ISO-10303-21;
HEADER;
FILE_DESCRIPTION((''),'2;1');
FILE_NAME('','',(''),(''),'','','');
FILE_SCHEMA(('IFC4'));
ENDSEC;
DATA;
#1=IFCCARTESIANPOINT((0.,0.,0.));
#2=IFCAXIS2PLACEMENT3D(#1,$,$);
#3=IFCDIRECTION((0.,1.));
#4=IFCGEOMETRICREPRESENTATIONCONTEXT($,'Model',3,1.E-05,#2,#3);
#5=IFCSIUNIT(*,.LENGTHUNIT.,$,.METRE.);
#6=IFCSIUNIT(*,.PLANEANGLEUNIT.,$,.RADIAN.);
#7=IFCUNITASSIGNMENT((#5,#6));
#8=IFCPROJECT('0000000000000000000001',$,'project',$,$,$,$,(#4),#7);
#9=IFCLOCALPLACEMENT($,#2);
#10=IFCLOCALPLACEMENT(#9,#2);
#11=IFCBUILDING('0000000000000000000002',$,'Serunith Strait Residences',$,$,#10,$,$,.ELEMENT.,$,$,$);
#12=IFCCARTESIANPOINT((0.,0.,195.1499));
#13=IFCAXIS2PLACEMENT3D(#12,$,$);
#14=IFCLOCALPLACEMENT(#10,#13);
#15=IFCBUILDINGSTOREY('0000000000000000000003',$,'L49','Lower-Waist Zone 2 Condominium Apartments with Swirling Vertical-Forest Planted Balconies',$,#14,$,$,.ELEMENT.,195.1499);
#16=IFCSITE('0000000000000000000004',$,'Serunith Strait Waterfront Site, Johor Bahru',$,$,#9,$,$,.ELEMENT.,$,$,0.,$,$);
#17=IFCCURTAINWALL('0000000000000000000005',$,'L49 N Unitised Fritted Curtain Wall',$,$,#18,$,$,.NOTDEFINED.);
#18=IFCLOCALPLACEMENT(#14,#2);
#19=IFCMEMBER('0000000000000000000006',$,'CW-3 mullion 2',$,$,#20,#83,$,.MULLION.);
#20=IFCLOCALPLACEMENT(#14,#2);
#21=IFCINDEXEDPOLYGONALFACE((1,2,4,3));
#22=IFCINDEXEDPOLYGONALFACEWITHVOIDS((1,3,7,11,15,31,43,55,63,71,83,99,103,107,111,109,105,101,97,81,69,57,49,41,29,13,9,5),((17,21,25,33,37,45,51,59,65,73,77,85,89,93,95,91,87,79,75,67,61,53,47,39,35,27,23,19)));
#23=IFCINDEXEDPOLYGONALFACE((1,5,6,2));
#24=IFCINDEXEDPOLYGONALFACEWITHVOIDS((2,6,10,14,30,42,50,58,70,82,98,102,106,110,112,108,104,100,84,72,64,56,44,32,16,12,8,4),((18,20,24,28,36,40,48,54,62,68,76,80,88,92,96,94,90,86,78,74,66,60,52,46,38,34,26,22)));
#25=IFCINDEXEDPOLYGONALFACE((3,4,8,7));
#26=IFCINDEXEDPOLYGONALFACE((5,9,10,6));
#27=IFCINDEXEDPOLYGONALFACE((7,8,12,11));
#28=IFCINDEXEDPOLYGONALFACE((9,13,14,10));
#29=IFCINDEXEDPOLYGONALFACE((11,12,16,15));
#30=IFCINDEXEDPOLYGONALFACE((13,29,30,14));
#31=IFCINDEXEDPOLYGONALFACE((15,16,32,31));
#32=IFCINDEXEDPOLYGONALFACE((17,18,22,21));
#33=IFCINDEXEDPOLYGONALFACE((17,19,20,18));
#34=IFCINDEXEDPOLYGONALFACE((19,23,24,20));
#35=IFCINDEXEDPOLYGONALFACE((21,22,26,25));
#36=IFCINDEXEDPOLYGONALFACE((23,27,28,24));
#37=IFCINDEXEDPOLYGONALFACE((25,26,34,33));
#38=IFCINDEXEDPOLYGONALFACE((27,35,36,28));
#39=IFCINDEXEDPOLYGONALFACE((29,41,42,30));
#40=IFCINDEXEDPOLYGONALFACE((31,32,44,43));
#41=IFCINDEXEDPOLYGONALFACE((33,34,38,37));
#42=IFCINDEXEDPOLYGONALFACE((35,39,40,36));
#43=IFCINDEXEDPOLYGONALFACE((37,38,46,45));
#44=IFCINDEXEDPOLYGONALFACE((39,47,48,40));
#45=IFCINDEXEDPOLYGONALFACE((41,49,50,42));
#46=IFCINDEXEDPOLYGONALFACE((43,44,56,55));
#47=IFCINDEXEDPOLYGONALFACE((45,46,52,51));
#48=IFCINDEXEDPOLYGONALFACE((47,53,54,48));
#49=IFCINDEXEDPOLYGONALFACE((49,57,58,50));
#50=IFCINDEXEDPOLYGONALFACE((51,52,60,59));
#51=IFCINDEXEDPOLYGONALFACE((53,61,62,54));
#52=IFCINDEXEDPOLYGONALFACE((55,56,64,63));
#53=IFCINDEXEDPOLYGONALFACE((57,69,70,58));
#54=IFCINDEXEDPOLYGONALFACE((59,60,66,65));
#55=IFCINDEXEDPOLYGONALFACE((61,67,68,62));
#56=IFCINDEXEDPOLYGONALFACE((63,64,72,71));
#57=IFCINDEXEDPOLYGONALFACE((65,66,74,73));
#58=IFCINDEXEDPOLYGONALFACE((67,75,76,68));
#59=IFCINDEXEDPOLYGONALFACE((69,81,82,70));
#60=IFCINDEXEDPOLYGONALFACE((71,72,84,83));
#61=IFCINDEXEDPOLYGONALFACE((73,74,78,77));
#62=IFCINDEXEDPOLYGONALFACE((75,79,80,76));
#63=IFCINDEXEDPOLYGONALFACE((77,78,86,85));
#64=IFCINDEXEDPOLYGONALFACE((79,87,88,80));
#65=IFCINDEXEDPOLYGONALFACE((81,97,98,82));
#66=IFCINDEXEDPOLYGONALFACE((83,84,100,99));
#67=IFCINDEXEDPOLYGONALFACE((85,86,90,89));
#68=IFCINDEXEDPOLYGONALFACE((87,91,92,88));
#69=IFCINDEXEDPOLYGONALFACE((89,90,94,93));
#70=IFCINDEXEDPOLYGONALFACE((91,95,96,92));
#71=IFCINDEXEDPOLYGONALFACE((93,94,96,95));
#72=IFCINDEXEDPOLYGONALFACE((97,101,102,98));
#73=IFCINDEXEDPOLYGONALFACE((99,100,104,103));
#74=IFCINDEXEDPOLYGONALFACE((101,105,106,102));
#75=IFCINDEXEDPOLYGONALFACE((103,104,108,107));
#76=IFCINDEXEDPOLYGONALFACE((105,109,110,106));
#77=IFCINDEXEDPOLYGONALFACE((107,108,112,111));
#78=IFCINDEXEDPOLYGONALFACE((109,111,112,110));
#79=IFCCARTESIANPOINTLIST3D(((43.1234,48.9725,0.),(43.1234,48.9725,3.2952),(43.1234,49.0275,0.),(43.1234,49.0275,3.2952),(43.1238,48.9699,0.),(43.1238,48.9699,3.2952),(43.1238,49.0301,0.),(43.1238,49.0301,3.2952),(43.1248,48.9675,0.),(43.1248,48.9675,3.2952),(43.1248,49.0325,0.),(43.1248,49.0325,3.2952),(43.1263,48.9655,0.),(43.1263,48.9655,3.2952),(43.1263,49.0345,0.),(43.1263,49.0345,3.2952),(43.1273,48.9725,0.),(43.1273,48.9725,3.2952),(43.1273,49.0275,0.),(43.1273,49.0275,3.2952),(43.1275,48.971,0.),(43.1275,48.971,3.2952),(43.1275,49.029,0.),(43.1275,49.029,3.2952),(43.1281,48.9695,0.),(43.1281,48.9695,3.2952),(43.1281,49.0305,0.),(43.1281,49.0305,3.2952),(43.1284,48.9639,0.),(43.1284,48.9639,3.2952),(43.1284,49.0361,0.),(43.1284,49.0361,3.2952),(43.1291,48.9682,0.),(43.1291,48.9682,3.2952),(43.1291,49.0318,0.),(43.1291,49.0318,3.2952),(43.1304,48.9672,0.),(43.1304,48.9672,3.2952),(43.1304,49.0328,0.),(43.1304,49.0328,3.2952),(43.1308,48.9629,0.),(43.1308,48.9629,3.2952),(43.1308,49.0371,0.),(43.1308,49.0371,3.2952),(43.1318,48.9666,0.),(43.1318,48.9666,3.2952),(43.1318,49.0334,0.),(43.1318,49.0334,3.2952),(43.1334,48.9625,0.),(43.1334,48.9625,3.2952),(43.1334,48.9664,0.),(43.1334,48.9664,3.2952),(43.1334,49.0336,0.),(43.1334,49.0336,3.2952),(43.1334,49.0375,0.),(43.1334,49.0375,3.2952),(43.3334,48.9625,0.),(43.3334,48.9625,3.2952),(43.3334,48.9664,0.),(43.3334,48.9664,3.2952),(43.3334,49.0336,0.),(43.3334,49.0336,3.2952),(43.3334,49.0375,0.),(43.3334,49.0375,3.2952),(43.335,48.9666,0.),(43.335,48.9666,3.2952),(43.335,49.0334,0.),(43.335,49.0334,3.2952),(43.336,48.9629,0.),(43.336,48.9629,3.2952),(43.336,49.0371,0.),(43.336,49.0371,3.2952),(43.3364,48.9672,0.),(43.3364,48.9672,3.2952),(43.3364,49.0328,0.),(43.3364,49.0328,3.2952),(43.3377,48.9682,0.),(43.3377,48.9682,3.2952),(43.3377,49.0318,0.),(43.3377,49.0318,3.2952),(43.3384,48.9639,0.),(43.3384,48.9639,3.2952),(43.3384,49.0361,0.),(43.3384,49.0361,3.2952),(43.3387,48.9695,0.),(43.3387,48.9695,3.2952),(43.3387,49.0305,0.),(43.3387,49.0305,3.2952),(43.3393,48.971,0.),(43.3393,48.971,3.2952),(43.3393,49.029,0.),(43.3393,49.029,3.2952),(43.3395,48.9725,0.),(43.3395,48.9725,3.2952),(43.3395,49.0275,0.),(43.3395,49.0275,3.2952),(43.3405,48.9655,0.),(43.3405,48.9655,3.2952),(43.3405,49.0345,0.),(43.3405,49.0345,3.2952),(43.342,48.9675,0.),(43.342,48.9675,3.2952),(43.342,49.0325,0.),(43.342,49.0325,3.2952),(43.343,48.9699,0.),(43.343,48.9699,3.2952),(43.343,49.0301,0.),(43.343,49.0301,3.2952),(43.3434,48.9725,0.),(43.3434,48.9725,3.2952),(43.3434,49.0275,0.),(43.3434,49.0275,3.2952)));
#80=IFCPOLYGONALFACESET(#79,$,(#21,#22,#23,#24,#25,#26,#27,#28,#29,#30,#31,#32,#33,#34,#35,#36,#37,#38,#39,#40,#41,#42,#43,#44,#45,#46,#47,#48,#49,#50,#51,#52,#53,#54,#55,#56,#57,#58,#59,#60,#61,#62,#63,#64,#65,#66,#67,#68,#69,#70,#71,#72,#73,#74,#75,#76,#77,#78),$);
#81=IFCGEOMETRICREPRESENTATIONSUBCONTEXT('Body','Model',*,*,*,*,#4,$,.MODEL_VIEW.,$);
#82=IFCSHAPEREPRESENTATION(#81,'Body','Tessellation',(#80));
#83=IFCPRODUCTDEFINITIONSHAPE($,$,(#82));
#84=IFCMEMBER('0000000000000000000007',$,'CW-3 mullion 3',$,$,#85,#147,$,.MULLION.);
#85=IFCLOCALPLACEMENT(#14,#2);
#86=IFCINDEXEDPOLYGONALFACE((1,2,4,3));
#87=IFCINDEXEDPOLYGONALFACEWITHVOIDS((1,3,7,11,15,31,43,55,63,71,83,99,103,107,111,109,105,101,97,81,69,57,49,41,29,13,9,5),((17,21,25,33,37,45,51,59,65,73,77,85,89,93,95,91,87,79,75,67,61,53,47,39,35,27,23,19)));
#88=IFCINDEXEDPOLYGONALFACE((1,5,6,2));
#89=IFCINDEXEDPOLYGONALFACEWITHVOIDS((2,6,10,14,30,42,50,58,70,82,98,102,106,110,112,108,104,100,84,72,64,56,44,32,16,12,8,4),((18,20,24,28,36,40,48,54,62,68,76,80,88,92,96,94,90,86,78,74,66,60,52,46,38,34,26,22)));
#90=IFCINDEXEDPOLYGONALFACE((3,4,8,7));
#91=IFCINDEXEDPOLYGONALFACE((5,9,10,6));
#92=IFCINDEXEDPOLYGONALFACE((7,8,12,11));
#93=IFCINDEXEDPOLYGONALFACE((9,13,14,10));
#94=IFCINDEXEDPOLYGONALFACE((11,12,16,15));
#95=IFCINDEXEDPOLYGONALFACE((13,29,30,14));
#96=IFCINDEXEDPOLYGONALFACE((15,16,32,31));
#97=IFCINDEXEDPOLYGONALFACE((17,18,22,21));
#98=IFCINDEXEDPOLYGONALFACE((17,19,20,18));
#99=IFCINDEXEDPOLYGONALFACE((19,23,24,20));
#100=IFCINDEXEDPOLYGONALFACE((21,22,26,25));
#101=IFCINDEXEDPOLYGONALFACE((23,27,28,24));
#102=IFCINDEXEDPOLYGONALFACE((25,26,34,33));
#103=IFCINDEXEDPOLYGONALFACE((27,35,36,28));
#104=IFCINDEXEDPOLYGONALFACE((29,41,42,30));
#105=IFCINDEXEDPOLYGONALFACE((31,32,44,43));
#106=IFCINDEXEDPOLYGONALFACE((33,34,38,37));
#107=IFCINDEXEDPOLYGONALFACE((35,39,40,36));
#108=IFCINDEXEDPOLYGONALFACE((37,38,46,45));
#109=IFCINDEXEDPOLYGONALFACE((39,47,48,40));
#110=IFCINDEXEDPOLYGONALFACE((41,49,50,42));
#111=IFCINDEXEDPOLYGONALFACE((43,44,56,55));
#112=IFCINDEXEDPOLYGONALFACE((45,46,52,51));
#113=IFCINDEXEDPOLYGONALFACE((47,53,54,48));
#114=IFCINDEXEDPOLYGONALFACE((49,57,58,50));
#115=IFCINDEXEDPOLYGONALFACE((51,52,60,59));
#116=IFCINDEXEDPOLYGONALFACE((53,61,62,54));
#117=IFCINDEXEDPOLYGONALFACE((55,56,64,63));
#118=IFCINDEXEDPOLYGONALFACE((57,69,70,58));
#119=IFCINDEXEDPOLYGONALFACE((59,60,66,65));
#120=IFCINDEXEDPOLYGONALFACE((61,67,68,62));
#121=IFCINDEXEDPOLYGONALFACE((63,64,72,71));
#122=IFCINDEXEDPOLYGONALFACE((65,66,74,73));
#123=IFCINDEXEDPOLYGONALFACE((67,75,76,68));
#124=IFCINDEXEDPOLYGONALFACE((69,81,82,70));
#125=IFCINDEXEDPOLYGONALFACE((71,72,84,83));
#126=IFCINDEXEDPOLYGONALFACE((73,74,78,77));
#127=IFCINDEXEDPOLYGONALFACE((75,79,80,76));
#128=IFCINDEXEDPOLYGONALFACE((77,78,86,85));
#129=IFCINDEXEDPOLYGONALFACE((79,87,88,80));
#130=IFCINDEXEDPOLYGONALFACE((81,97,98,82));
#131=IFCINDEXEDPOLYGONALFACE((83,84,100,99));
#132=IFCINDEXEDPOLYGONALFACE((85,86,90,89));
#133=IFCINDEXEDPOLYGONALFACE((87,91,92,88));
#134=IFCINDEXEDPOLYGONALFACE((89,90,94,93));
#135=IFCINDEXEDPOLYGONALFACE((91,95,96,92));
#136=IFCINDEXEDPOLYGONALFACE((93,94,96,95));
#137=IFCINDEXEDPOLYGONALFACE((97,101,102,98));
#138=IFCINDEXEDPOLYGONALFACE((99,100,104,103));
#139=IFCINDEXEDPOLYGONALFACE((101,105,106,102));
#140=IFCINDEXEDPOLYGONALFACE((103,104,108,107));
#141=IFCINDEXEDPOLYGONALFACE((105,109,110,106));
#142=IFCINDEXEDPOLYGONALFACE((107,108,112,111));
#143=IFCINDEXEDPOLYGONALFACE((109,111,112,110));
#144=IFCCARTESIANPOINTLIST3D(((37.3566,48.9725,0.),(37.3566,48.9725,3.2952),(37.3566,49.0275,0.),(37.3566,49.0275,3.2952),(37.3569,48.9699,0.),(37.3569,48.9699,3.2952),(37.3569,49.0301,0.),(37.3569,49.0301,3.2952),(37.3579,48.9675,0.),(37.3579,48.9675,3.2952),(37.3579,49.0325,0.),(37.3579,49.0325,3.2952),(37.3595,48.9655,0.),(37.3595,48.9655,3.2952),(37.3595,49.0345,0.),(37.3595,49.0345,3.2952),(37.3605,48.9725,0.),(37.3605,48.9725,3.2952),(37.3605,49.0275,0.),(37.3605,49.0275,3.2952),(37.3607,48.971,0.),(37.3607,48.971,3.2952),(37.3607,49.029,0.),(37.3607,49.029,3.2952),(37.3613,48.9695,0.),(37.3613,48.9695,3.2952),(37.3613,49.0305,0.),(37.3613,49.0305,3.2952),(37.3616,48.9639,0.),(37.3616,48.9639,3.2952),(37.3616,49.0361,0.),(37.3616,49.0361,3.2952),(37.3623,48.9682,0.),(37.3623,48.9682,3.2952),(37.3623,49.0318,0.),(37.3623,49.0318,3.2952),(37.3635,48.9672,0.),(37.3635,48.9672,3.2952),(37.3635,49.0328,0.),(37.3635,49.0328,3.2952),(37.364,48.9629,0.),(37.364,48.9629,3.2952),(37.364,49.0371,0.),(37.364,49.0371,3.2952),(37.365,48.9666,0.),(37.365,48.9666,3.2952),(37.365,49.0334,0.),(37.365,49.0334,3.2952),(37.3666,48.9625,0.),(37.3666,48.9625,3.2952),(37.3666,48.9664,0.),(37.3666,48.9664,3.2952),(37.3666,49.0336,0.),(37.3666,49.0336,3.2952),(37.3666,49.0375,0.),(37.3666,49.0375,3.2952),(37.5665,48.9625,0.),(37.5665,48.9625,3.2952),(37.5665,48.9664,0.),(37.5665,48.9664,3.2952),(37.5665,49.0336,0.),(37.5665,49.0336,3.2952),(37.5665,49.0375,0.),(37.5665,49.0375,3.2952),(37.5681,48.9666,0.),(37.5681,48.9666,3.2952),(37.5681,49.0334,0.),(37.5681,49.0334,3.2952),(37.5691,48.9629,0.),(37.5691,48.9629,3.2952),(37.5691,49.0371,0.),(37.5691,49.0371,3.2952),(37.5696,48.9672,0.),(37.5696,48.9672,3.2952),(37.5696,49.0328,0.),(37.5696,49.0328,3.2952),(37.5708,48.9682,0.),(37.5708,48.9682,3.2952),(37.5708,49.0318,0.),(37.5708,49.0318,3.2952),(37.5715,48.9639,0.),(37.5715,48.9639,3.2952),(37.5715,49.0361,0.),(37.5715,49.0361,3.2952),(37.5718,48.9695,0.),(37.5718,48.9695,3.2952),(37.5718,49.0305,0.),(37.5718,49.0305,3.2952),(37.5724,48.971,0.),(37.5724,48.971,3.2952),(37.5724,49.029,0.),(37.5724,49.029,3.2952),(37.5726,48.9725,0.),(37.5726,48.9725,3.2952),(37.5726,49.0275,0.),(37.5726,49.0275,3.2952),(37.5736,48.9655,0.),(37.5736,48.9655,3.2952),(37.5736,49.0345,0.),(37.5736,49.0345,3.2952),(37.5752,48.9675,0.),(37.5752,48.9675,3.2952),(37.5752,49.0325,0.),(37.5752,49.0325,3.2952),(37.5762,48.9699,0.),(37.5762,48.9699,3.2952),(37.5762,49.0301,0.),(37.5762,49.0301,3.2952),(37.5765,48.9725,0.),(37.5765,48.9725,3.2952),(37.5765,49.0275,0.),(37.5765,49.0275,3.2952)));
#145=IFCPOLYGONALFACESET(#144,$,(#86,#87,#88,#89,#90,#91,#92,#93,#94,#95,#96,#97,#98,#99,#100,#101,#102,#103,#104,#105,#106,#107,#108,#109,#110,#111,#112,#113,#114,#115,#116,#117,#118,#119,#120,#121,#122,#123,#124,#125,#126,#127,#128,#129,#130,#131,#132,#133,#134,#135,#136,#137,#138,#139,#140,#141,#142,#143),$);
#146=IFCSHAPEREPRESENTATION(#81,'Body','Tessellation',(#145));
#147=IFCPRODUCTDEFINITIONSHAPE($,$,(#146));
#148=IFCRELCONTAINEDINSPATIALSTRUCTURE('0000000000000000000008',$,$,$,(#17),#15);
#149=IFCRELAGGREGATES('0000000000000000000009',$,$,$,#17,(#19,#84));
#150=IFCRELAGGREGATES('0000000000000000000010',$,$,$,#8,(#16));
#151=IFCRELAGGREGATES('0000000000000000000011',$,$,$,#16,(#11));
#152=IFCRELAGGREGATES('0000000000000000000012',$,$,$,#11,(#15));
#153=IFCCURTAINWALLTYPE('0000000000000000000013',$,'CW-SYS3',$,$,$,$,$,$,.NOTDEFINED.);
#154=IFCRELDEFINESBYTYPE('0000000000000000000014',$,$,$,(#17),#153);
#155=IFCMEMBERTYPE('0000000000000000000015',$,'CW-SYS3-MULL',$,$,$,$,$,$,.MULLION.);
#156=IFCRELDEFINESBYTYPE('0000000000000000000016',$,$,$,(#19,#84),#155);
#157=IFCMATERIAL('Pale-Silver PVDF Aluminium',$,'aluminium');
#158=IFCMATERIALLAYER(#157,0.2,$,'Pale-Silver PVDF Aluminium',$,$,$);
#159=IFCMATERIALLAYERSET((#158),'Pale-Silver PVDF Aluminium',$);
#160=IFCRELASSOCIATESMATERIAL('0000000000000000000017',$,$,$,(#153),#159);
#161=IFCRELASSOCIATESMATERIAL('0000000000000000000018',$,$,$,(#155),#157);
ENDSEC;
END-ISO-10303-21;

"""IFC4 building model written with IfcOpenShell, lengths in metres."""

from ifc_helpers import new_model, si_unit, direction, frame, origin, origin_2d, place, context, subcontext, project, spatial, hollow_rectangle, extrude, source, transform, mapped, material, layer, layer_set, material_profile, profile_set, type_object, element, aggregate, save


model = new_model("IFC4")

# Units and contexts
model_context = context("Model", 3, precision=1e-05, world=origin(), true_north=direction((0.0, 1.0)))
body_context = subcontext(model_context, "Body", "Model", "MODEL_VIEW")
ifc_project = project(units=[si_unit("LENGTHUNIT", "METRE"), si_unit("PLANEANGLEUNIT", "RADIAN")], contexts=[model_context])

# Site, building, storey
site_placement = place(None, origin())
site = spatial("IfcSite", under=ifc_project, at=site_placement, Name="Serunith Strait Waterfront Site, Johor Bahru", CompositionType="ELEMENT", RefElevation=0.0)
building_placement = place(site_placement, origin())
building = spatial("IfcBuilding", under=site, at=building_placement, Name="Serunith Strait Residences", CompositionType="ELEMENT")
storey_placement = place(building_placement, frame((0.0, 0.0, 195.1499)))
storey = spatial("IfcBuildingStorey", under=building, at=storey_placement, Name="L49", Description="Lower-Waist Zone 2 Condominium Apartments with Swirling Vertical-Forest Planted Balconies", CompositionType="ELEMENT", Elevation=195.1499)

# Curtain wall, members
ifc_material_1 = material(Name="Pale-Silver PVDF Aluminium", Category="aluminium")
ifc_layer_1 = layer(ifc_material_1, 0.2, Name="Pale-Silver PVDF Aluminium")
ifc_layer_set_1 = layer_set([ifc_layer_1], Name="Pale-Silver PVDF Aluminium")
curtain_wall_type = type_object("IfcCurtainWallType", Name="CW-SYS3", PredefinedType="NOTDEFINED", material=ifc_layer_set_1)
curtain_wall_placement = place(storey_placement, origin())
curtain_wall = element("IfcCurtainWall", 1, at=curtain_wall_placement, inside=storey, type_object=curtain_wall_type, Name="L49 N Unitised Fritted Curtain Wall", PredefinedType="NOTDEFINED")
ifc_material_profile_1 = material_profile(ifc_material_1, hollow_rectangle(XDim=0.075, YDim=0.22, WallThickness=0.0039, InnerFilletRadius=0.0061, OuterFilletRadius=0.01, at=origin_2d()), Name="ALU 220x75x4")
ifc_profile_set_1 = profile_set([ifc_material_profile_1], Name="Pale-Silver PVDF Aluminium")
member_type_1 = type_object("IfcMemberType", Name="CW-SYS3-MULL", PredefinedType="MULLION", material=ifc_profile_set_1)
shared_shape_1 = source(origin(), body_context, "Body", "SweptSolid", [
    extrude(hollow_rectangle(XDim=0.075, YDim=0.22, WallThickness=0.0039, InnerFilletRadius=0.0061, OuterFilletRadius=0.01, at=origin_2d()), origin(), (0.0, 0.0, 1.0), 3.2952),
])
member_1_placement = place(storey_placement, frame((43.2334, 49.0, 0.0), z_axis=(0.0, 0.0, 1.0), x_axis=(0.0, -1.0, 0.0)))
member_1 = element("IfcMember", 2, at=member_1_placement, type_object=member_type_1, Name="CW-3 mullion 2", PredefinedType="MULLION", context=body_context, shape_type="MappedRepresentation", body=[
    mapped(shared_shape_1, transform((0.0, 0.0, 0.0), scale=1.0)),
])
member_2_placement = place(storey_placement, frame((37.4666, 49.0, 0.0), z_axis=(0.0, 0.0, 1.0), x_axis=(0.0, -1.0, 0.0)))
member_2 = element("IfcMember", 3, at=member_2_placement, type_object=member_type_1, Name="CW-3 mullion 3", PredefinedType="MULLION", context=body_context, shape_type="MappedRepresentation", body=[
    mapped(shared_shape_1, transform((0.0, 0.0, 0.0), scale=1.0)),
])
aggregate(curtain_wall, [member_1, member_2])

save(model, "model.ifc")
